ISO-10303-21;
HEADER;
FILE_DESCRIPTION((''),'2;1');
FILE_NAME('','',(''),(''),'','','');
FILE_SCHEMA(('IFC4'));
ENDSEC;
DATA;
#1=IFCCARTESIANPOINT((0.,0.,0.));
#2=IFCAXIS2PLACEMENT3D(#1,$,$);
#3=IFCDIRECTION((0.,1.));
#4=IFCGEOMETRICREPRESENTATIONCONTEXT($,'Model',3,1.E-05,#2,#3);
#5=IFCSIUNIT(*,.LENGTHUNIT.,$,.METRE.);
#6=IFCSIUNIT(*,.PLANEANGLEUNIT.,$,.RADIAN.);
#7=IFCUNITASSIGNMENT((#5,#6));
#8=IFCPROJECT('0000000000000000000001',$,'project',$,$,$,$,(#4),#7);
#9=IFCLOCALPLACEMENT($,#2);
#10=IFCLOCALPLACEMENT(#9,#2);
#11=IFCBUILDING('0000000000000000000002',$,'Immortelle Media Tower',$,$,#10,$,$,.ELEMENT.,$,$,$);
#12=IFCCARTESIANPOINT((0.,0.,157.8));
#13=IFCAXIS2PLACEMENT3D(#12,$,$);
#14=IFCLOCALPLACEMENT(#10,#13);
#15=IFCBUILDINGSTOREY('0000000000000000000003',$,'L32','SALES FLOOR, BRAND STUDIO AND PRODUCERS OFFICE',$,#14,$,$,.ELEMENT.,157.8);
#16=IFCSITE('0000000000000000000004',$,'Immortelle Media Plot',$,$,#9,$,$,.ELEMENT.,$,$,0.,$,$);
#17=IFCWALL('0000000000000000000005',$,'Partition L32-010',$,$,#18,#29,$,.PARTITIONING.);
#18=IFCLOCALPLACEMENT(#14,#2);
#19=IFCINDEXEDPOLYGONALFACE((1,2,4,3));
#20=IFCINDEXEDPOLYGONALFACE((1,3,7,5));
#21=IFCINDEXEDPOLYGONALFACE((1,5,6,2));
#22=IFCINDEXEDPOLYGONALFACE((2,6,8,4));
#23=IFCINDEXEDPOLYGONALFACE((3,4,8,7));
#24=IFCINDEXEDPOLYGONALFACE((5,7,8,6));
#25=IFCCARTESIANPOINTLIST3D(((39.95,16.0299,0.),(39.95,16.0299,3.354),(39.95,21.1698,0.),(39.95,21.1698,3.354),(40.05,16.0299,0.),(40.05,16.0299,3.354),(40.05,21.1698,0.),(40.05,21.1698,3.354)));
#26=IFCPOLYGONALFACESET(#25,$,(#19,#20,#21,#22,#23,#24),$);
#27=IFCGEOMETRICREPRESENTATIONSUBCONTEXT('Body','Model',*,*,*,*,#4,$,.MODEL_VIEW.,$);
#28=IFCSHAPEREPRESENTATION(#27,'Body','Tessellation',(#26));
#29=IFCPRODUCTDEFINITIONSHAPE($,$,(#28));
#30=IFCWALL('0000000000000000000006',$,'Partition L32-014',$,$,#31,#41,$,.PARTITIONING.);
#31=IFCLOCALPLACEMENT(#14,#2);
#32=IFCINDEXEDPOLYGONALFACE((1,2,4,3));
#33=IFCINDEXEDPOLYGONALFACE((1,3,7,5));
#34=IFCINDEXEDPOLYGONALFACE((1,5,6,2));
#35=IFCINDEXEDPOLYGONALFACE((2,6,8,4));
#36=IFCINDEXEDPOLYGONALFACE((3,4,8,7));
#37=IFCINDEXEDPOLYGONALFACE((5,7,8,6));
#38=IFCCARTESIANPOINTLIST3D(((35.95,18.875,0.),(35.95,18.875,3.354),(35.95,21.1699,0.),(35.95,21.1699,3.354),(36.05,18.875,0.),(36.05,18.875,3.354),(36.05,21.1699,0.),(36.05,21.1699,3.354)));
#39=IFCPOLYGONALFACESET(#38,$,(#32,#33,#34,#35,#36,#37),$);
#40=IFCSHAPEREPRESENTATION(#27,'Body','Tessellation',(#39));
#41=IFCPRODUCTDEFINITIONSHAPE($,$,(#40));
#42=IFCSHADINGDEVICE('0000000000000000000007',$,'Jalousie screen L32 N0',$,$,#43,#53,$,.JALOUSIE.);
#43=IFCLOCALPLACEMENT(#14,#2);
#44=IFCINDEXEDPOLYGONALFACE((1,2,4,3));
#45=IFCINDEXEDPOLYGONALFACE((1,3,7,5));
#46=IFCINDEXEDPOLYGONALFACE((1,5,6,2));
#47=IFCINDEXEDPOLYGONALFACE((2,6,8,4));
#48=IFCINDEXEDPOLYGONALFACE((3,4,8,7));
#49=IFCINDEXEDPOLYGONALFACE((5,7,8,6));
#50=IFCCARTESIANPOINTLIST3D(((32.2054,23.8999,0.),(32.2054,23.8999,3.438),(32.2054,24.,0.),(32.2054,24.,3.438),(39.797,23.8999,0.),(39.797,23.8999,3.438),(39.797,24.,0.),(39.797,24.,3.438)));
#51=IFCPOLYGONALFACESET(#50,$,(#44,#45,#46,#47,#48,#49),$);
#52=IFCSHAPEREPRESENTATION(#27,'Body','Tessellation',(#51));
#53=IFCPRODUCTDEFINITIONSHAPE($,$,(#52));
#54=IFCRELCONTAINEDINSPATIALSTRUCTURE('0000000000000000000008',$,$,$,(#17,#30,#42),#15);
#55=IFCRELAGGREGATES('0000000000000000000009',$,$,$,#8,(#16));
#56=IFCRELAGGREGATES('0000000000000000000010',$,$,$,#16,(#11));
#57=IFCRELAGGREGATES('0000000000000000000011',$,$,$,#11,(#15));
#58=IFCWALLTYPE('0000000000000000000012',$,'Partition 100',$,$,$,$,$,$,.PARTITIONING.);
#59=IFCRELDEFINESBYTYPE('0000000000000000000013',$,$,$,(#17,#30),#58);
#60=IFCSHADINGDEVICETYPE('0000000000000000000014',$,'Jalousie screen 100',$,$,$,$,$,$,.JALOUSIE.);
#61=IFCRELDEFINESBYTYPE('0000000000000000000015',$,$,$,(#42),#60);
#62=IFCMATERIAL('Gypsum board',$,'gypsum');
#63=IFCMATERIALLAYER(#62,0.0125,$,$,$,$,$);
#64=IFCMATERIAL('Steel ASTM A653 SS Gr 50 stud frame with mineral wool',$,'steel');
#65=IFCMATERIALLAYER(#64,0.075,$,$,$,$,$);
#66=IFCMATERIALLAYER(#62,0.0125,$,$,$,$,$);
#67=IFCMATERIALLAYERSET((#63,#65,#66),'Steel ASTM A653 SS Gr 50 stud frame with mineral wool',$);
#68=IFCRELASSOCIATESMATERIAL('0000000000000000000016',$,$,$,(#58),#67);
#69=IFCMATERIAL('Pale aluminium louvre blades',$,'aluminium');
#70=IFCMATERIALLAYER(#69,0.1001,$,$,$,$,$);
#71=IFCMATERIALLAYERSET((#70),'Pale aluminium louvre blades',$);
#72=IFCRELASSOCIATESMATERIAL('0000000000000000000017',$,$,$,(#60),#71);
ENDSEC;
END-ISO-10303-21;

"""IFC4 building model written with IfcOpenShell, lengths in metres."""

from ifc_helpers import new_model, si_unit, direction, frame, frame_2d, origin, origin_2d, place, context, subcontext, project, spatial, rectangle, extrude, material, layer, layer_set, type_object, element, save


model = new_model("IFC4")

# Units and contexts
model_context = context("Model", 3, precision=1e-05, world=origin(), true_north=direction((0.0, 1.0)))
body_context = subcontext(model_context, "Body", "Model", "MODEL_VIEW")
ifc_project = project(units=[si_unit("LENGTHUNIT", "METRE"), si_unit("PLANEANGLEUNIT", "RADIAN")], contexts=[model_context])

# Site, building, storey
site_placement = place(None, origin())
site = spatial("IfcSite", under=ifc_project, at=site_placement, Name="Immortelle Media Plot", CompositionType="ELEMENT", RefElevation=0.0)
building_placement = place(site_placement, origin())
building = spatial("IfcBuilding", under=site, at=building_placement, Name="Immortelle Media Tower", CompositionType="ELEMENT")
storey_placement = place(building_placement, frame((0.0, 0.0, 157.8)))
storey = spatial("IfcBuildingStorey", under=building, at=storey_placement, Name="L32", Description="SALES FLOOR, BRAND STUDIO AND PRODUCERS OFFICE", CompositionType="ELEMENT", Elevation=157.8)

# Shared definitions
ifc_material_1 = material(Name="Steel ASTM A653 SS Gr 50 stud frame with mineral wool", Category="steel")

# Walls
ifc_material_2 = material(Name="Gypsum board", Category="gypsum")
ifc_layer_1 = layer(ifc_material_2, 0.0125)
ifc_layer_2 = layer(ifc_material_1, 0.075)
ifc_layer_3 = layer(ifc_material_2, 0.0125)
ifc_layer_set_1 = layer_set([ifc_layer_1, ifc_layer_2, ifc_layer_3], Name="Steel ASTM A653 SS Gr 50 stud frame with mineral wool")
wall_type_1 = type_object("IfcWallType", Name="Partition 100", PredefinedType="PARTITIONING", material=ifc_layer_set_1)
wall_1_placement = place(storey_placement, frame((40.0, 16.03, 0.0), z_axis=(0.0, 0.0, 1.0), x_axis=(0.0, 1.0, 0.0)))
element("IfcWall", 1, at=wall_1_placement, inside=storey, type_object=wall_type_1, Name="Partition L32-010", PredefinedType="PARTITIONING", context=body_context, shape_type="SweptSolid", body=[
    extrude(rectangle(XDim=5.1399, YDim=0.1001, at=frame_2d((2.5698, 0.0))), origin(), (0.0, 0.0, 1.0), 3.354),
])
wall_2_placement = place(storey_placement, frame((36.0, 18.875, 0.0), z_axis=(0.0, 0.0, 1.0), x_axis=(0.0, 1.0, 0.0)))
element("IfcWall", 2, at=wall_2_placement, inside=storey, type_object=wall_type_1, Name="Partition L32-014", PredefinedType="PARTITIONING", context=body_context, shape_type="SweptSolid", body=[
    extrude(rectangle(XDim=2.2949, YDim=0.1001, at=frame_2d((1.1475, 0.0))), origin(), (0.0, 0.0, 1.0), 3.354),
])

# Shading device
ifc_material_3 = material(Name="Pale aluminium louvre blades", Category="aluminium")
ifc_layer_4 = layer(ifc_material_3, 0.1001)
ifc_layer_set_2 = layer_set([ifc_layer_4], Name="Pale aluminium louvre blades")
shading_device_type = type_object("IfcShadingDeviceType", Name="Jalousie screen 100", PredefinedType="JALOUSIE", material=ifc_layer_set_2)
shading_device_placement = place(storey_placement, frame((36.0012, 23.95, 0.0), z_axis=(0.0, 0.0, 1.0), x_axis=(-1.0, 0.0, 0.0)))
element("IfcShadingDevice", 3, at=shading_device_placement, inside=storey, type_object=shading_device_type, Name="Jalousie screen L32 N0", PredefinedType="JALOUSIE", context=body_context, shape_type="SweptSolid", body=[
    extrude(rectangle(XDim=7.5916, YDim=0.1001, at=origin_2d()), origin(), (0.0, 0.0, 1.0), 3.438),
])

save(model, "model.ifc")
